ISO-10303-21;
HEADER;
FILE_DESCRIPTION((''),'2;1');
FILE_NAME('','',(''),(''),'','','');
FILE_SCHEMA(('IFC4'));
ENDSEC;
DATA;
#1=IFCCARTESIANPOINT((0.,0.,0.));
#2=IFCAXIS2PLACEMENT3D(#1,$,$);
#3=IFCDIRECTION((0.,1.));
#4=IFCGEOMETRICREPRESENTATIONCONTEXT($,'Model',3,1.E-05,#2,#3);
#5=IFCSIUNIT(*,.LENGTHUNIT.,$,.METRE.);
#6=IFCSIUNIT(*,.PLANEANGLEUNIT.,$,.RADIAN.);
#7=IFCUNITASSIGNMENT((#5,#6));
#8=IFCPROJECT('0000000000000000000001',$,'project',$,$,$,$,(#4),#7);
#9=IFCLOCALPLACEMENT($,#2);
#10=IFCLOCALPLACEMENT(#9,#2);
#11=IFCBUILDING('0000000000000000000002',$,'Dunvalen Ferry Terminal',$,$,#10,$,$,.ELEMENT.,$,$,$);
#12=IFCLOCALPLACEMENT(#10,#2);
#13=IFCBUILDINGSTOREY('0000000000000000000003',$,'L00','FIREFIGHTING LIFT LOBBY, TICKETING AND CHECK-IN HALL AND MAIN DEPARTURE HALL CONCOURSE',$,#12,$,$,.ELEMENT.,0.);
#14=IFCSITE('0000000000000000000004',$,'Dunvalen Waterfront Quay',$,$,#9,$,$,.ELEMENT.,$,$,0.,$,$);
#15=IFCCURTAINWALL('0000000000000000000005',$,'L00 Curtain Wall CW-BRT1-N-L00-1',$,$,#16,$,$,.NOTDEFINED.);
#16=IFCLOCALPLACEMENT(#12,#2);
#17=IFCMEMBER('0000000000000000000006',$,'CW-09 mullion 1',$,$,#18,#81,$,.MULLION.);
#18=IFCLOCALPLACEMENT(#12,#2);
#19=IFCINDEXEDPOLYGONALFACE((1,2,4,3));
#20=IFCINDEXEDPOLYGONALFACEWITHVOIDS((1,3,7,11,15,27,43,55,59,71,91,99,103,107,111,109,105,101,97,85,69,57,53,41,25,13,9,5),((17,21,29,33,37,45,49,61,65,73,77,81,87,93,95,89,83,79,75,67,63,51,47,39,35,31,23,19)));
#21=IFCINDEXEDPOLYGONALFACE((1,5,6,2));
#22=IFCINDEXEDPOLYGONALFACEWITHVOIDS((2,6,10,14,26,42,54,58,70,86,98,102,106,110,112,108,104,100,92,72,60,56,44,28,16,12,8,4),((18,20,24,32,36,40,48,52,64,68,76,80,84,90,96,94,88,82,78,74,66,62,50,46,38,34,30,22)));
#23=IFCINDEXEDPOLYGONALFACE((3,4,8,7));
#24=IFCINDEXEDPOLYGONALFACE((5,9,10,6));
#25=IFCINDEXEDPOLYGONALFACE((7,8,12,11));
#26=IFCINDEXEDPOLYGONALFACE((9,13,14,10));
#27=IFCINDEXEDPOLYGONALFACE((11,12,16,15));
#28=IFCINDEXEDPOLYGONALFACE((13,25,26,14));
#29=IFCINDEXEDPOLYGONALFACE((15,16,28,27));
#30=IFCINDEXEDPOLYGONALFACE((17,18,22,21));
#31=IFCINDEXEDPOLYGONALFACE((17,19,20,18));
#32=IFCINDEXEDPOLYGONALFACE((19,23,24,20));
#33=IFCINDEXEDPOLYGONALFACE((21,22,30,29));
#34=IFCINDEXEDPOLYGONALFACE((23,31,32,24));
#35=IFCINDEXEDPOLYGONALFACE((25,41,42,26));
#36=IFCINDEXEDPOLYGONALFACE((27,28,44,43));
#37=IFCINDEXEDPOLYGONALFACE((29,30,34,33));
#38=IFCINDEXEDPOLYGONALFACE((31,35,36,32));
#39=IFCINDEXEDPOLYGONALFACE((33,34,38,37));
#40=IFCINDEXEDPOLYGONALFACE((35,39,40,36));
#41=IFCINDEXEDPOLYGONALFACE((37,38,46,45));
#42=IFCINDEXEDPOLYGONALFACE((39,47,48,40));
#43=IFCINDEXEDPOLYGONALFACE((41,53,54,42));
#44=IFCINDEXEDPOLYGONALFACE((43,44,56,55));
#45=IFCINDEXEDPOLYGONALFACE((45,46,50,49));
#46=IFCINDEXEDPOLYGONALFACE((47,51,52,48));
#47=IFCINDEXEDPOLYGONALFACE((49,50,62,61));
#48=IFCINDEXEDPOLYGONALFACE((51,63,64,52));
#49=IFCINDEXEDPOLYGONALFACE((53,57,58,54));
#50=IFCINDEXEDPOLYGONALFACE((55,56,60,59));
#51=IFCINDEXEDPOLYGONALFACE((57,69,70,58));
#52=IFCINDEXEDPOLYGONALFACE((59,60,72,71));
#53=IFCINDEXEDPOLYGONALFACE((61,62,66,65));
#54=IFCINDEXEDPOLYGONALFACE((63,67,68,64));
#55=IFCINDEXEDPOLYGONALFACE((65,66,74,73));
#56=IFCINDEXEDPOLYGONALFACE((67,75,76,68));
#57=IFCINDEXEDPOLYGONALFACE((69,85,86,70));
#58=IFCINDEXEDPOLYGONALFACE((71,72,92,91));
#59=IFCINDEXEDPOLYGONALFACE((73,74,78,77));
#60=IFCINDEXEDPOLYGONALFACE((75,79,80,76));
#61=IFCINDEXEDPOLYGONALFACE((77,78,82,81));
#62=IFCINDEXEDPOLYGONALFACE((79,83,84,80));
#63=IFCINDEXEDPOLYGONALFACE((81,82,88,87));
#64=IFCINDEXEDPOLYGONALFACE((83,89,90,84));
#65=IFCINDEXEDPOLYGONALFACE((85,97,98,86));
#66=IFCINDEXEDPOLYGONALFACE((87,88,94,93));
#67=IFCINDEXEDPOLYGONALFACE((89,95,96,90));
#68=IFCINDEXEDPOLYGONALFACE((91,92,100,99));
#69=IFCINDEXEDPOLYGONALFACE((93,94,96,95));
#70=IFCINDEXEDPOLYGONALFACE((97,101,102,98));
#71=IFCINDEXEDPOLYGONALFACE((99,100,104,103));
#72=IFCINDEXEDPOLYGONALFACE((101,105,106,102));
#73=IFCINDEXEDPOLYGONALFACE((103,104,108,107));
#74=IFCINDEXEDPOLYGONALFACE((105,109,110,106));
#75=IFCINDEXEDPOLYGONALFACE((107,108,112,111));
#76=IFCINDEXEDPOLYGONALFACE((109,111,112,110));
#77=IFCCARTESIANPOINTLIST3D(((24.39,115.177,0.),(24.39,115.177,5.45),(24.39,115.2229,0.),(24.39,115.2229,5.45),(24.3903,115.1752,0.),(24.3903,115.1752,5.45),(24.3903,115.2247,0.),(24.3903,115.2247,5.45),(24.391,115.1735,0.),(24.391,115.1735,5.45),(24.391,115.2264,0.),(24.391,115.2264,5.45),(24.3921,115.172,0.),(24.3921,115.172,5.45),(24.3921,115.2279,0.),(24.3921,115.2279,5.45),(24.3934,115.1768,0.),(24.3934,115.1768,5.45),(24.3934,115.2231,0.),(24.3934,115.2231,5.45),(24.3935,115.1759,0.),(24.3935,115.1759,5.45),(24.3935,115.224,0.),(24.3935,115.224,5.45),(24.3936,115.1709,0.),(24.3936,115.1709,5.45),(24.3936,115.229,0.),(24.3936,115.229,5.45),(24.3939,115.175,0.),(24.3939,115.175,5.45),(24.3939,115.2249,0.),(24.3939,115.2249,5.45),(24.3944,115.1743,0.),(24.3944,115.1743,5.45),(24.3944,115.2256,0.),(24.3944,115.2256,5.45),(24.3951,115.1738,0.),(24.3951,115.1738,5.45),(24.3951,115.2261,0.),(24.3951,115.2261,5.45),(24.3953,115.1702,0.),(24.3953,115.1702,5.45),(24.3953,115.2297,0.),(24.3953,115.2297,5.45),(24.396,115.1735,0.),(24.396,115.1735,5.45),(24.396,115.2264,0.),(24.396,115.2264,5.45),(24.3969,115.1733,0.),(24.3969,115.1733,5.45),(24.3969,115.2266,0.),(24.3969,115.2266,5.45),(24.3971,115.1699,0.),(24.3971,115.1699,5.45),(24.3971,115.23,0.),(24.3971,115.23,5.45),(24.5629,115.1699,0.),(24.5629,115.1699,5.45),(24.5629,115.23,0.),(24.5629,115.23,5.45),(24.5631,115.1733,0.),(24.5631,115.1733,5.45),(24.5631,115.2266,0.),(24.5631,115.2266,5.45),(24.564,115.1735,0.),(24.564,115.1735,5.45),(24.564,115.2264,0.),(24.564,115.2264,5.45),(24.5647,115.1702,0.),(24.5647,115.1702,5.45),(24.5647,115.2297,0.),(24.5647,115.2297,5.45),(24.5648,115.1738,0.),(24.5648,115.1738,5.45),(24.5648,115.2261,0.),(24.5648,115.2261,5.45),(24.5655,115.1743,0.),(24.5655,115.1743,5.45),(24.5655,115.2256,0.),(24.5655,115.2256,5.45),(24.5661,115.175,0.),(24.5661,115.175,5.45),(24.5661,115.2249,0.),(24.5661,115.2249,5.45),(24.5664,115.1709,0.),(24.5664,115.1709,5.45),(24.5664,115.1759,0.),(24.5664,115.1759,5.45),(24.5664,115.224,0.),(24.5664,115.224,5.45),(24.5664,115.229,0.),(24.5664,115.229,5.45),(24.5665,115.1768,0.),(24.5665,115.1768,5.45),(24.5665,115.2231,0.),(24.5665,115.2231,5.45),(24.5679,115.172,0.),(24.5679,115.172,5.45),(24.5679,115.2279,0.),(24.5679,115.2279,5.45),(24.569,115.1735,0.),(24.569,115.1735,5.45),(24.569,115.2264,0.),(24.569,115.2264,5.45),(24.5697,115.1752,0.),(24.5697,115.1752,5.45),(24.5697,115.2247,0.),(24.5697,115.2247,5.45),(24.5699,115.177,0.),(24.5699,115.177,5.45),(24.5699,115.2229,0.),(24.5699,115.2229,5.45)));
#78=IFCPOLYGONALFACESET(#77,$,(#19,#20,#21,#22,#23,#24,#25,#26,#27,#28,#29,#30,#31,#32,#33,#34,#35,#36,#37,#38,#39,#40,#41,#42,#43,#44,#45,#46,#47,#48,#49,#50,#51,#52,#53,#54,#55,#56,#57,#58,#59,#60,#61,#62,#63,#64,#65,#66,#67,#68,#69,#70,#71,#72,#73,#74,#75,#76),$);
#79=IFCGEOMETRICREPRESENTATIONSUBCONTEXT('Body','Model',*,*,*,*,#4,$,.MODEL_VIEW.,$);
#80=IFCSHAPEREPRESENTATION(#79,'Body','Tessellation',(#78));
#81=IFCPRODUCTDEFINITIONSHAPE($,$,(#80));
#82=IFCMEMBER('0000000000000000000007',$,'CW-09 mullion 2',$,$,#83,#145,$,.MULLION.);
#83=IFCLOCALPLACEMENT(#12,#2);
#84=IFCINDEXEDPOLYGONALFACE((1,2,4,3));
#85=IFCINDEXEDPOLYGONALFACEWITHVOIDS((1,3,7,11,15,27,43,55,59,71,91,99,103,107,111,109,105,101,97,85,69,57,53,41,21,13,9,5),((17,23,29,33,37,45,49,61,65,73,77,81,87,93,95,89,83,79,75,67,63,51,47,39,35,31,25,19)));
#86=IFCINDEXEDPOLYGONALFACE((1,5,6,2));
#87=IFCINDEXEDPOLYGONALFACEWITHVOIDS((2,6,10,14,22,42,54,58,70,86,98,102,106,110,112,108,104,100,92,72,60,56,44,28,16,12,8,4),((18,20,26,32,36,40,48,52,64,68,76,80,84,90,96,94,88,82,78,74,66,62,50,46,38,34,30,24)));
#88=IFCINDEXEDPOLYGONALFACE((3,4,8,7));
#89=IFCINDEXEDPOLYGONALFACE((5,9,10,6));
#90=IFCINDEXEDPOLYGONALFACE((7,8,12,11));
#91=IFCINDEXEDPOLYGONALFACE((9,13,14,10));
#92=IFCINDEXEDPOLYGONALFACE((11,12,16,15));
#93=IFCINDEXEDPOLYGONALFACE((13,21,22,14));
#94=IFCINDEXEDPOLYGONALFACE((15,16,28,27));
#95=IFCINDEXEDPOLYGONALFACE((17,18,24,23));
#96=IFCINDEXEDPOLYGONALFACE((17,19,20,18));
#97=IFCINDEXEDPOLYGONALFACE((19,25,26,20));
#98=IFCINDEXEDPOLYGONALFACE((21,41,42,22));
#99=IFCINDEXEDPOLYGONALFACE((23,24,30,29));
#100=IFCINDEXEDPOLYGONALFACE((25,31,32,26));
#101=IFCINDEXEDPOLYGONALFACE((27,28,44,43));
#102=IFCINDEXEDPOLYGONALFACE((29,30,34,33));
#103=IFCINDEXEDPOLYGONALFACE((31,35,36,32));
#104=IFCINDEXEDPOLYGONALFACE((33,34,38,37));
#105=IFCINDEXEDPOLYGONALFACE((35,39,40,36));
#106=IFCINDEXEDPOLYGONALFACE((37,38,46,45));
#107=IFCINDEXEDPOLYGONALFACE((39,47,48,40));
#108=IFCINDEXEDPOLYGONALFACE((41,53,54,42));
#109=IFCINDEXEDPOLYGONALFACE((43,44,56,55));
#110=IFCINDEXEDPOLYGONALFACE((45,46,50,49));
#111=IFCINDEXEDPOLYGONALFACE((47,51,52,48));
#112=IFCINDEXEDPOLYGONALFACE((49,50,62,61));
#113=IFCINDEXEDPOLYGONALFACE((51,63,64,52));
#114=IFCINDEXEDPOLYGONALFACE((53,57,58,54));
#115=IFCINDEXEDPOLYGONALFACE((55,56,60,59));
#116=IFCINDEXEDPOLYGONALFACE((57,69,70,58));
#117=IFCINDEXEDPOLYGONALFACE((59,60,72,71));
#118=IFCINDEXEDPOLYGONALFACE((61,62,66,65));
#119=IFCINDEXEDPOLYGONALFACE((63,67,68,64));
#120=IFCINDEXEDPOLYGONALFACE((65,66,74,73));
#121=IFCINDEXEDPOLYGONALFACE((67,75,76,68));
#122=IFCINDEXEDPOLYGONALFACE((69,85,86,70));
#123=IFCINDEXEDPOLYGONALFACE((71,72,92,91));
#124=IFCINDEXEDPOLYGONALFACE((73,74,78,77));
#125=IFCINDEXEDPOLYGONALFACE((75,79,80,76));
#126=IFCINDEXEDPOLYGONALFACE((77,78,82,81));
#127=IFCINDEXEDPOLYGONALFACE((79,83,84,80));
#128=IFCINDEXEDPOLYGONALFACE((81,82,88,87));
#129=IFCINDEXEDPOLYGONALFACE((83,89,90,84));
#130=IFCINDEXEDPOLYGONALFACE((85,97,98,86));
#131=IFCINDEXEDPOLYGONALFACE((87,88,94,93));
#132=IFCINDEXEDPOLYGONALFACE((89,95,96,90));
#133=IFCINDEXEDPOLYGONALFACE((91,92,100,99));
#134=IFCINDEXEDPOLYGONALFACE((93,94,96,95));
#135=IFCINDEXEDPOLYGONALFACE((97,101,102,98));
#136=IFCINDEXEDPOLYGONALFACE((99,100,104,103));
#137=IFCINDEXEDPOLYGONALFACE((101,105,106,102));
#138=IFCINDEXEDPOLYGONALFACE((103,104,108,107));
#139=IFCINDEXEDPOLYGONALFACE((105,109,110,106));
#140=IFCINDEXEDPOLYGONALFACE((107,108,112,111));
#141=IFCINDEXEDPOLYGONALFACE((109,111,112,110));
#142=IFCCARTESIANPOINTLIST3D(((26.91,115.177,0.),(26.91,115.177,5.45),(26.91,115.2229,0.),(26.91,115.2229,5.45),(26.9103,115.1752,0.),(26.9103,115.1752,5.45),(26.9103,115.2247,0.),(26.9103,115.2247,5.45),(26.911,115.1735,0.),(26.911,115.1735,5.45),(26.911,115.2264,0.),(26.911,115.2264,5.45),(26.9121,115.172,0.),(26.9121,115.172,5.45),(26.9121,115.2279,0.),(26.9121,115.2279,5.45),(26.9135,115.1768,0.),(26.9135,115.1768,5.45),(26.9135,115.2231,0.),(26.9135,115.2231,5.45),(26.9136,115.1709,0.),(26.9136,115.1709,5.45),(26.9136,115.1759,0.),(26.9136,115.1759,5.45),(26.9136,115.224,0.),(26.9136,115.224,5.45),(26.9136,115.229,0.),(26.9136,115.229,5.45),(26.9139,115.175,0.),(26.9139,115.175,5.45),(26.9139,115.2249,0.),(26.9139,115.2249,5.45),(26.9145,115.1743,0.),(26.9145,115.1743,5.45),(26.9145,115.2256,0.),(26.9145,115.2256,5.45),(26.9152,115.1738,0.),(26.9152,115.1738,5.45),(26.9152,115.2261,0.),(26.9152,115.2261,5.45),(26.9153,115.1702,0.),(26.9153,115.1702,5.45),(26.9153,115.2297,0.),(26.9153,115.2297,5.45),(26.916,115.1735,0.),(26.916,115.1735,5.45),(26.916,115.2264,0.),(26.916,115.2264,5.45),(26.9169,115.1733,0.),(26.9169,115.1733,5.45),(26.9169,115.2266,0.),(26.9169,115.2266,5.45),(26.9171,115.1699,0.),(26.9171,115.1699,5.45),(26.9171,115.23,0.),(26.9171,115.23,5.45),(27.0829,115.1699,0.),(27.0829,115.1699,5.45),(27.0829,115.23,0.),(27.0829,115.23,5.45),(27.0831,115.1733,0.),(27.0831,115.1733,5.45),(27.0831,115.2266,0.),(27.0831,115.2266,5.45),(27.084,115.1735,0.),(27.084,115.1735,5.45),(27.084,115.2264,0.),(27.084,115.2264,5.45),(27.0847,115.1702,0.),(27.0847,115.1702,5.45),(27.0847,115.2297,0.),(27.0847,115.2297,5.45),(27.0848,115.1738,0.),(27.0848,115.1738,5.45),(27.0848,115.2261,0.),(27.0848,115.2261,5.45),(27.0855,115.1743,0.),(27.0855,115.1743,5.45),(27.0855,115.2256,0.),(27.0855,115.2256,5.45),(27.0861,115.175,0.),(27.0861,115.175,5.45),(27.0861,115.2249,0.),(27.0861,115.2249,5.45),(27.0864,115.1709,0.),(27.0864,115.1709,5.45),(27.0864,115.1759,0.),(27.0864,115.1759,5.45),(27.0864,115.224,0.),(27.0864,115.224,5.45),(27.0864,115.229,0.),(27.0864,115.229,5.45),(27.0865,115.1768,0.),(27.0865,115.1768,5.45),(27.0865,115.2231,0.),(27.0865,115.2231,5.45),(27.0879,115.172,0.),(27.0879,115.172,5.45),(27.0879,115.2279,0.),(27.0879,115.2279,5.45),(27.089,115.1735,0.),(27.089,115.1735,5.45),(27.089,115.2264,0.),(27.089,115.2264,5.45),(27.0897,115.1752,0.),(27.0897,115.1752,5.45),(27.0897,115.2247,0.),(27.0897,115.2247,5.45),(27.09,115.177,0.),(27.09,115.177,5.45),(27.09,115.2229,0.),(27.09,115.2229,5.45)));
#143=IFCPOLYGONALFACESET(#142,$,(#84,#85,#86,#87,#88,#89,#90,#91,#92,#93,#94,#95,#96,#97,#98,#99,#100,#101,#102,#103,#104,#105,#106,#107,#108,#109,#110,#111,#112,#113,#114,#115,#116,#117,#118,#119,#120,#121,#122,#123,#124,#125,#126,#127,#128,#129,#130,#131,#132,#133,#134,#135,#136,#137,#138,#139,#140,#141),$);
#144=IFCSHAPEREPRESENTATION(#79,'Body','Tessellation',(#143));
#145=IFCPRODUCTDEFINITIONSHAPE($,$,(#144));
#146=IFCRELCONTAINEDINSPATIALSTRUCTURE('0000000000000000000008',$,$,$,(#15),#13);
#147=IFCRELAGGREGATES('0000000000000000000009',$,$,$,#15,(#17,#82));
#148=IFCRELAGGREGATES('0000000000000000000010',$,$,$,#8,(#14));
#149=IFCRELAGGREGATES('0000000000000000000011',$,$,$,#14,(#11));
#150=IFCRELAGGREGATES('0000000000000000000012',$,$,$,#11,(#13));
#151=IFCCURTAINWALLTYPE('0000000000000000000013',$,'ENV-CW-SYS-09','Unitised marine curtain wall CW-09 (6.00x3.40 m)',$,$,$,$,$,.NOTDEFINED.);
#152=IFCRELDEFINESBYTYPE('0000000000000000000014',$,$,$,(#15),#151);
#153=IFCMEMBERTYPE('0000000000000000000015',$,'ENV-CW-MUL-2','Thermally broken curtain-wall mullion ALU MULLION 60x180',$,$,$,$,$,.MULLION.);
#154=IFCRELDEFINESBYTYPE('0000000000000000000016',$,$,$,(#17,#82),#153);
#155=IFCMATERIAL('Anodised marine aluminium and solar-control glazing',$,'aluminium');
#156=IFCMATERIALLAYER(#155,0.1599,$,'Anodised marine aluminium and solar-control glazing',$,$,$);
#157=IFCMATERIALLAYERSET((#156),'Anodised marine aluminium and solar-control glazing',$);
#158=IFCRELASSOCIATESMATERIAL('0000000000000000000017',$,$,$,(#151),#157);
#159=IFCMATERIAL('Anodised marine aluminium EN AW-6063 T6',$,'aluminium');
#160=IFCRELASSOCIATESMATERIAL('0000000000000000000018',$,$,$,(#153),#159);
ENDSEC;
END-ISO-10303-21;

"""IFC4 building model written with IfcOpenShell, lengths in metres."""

from ifc_helpers import new_model, si_unit, direction, frame, origin, origin_2d, place, context, subcontext, project, spatial, hollow_rectangle, extrude, material, layer, layer_set, material_profile, profile_set, type_object, element, aggregate, save


model = new_model("IFC4")

# Units and contexts
model_context = context("Model", 3, precision=1e-05, world=origin(), true_north=direction((0.0, 1.0)))
body_context = subcontext(model_context, "Body", "Model", "MODEL_VIEW")
ifc_project = project(units=[si_unit("LENGTHUNIT", "METRE"), si_unit("PLANEANGLEUNIT", "RADIAN")], contexts=[model_context])

# Site, building, storey
site_placement = place(None, origin())
site = spatial("IfcSite", under=ifc_project, at=site_placement, Name="Dunvalen Waterfront Quay", CompositionType="ELEMENT", RefElevation=0.0)
building_placement = place(site_placement, origin())
building = spatial("IfcBuilding", under=site, at=building_placement, Name="Dunvalen Ferry Terminal", CompositionType="ELEMENT")
storey_placement = place(building_placement, origin())
storey = spatial("IfcBuildingStorey", under=building, at=storey_placement, Name="L00", Description="FIREFIGHTING LIFT LOBBY, TICKETING AND CHECK-IN HALL AND MAIN DEPARTURE HALL CONCOURSE", CompositionType="ELEMENT", Elevation=0.0)

# Curtain wall, members
ifc_material_1 = material(Name="Anodised marine aluminium and solar-control glazing", Category="aluminium")
ifc_layer_1 = layer(ifc_material_1, 0.1599, Name="Anodised marine aluminium and solar-control glazing")
ifc_layer_set_1 = layer_set([ifc_layer_1], Name="Anodised marine aluminium and solar-control glazing")
curtain_wall_type = type_object("IfcCurtainWallType", Name="ENV-CW-SYS-09", Description="Unitised marine curtain wall CW-09 (6.00x3.40 m)", PredefinedType="NOTDEFINED", material=ifc_layer_set_1)
curtain_wall_1_placement = place(storey_placement, origin())
curtain_wall_1 = element("IfcCurtainWall", 1, at=curtain_wall_1_placement, inside=storey, type_object=curtain_wall_type, Name="L00 Curtain Wall CW-BRT1-N-L00-1", PredefinedType="NOTDEFINED")
ifc_material_2 = material(Name="Anodised marine aluminium EN AW-6063 T6", Category="aluminium")
ifc_material_profile_1 = material_profile(ifc_material_2, hollow_rectangle(XDim=0.0601, YDim=0.1799, WallThickness=0.0034, InnerFilletRadius=0.0034, OuterFilletRadius=0.0071, at=origin_2d()), Name="Anodised marine aluminium EN AW-6063 T6")
ifc_profile_set_1 = profile_set([ifc_material_profile_1], Name="Anodised marine aluminium EN AW-6063 T6")
member_type_1 = type_object("IfcMemberType", Name="ENV-CW-MUL-2", Description="Thermally broken curtain-wall mullion ALU MULLION 60x180", PredefinedType="MULLION", material=ifc_profile_set_1)
member_1_placement = place(storey_placement, frame((24.48, 115.2, 0.0), z_axis=(0.0, 0.0, 1.0), x_axis=(0.0, 1.0, 0.0)))
member_1 = element("IfcMember", 2, at=member_1_placement, type_object=member_type_1, Name="CW-09 mullion 1", PredefinedType="MULLION", context=body_context, shape_type="SweptSolid", body=[
    extrude(hollow_rectangle(XDim=0.0601, YDim=0.1799, WallThickness=0.0034, InnerFilletRadius=0.0034, OuterFilletRadius=0.0071, at=origin_2d()), origin(), (0.0, 0.0, 1.0), 5.45),
])
member_2_placement = place(storey_placement, frame((27.0, 115.2, 0.0), z_axis=(0.0, 0.0, 1.0), x_axis=(0.0, 1.0, 0.0)))
member_2 = element("IfcMember", 3, at=member_2_placement, type_object=member_type_1, Name="CW-09 mullion 2", PredefinedType="MULLION", context=body_context, shape_type="SweptSolid", body=[
    extrude(hollow_rectangle(XDim=0.0601, YDim=0.1799, WallThickness=0.0034, InnerFilletRadius=0.0034, OuterFilletRadius=0.0071, at=origin_2d()), origin(), (0.0, 0.0, 1.0), 5.45),
])

aggregate(curtain_wall_1, [member_1, member_2])

save(model, "model.ifc")
